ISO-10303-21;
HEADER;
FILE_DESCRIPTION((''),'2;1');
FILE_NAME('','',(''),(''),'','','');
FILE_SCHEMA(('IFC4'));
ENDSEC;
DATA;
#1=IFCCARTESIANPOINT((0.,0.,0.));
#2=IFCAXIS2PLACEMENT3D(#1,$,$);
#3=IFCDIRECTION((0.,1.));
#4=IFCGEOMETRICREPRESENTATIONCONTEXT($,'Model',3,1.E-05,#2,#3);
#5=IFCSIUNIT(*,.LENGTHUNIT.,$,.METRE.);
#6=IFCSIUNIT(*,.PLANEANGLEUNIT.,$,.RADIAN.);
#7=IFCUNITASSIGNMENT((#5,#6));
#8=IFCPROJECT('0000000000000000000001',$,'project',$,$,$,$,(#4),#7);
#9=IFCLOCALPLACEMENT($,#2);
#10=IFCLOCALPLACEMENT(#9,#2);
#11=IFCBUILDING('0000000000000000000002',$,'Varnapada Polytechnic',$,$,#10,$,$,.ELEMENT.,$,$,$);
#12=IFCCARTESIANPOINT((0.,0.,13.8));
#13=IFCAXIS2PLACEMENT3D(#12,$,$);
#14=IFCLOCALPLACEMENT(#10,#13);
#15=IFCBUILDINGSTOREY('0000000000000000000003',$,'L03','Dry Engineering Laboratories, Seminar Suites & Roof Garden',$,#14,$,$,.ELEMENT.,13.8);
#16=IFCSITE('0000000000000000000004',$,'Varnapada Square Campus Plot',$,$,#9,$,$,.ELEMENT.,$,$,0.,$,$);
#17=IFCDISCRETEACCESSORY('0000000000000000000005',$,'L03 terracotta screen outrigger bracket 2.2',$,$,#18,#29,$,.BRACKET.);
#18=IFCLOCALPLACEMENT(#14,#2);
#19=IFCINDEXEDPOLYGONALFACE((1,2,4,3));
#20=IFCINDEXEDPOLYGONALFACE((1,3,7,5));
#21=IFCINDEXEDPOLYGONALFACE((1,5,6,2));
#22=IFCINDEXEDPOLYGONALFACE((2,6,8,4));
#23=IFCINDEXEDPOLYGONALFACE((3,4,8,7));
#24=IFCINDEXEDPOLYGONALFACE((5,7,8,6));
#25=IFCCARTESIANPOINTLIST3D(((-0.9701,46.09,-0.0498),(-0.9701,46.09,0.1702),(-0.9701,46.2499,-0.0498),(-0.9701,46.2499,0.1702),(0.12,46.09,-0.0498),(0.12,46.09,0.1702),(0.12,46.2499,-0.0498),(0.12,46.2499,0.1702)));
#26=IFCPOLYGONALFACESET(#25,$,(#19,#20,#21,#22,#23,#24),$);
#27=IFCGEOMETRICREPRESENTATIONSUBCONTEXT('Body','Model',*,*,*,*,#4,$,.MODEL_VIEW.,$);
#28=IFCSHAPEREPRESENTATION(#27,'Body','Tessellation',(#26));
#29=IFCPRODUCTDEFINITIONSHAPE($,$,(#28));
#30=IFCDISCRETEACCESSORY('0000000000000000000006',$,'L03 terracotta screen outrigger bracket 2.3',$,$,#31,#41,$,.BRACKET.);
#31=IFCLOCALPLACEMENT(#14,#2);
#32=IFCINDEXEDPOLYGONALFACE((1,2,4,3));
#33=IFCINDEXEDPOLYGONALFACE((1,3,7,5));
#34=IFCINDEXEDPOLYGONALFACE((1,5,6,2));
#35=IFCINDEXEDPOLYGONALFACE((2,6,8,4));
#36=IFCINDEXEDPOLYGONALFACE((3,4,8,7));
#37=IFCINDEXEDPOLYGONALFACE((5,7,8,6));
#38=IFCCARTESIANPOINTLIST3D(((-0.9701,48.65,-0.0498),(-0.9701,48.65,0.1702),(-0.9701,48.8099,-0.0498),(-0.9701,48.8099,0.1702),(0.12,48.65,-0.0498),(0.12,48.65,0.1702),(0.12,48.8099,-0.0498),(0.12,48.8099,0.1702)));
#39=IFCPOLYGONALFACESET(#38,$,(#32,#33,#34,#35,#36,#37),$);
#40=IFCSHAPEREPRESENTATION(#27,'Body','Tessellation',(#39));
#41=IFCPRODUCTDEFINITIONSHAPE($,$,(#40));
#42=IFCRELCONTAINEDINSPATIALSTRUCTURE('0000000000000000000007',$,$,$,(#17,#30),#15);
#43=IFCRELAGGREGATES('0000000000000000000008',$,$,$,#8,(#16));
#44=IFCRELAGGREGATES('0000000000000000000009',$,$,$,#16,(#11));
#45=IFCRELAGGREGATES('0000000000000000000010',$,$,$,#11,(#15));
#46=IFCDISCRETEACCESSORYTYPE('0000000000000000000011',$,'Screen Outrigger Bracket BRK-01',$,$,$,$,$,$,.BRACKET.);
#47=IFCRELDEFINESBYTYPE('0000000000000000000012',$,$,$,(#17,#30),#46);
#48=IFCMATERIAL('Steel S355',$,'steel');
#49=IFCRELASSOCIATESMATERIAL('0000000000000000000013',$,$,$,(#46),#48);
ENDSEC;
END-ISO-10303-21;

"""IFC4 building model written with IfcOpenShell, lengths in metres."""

from ifc_helpers import new_model, si_unit, direction, frame, origin, origin_2d, place, context, subcontext, project, spatial, rectangle, extrude, material, type_object, element, save


model = new_model("IFC4")

# Units and contexts
model_context = context("Model", 3, precision=1e-05, world=origin(), true_north=direction((0.0, 1.0)))
body_context = subcontext(model_context, "Body", "Model", "MODEL_VIEW")
ifc_project = project(units=[si_unit("LENGTHUNIT", "METRE"), si_unit("PLANEANGLEUNIT", "RADIAN")], contexts=[model_context])

# Site, building, storey
site_placement = place(None, origin())
site = spatial("IfcSite", under=ifc_project, at=site_placement, Name="Varnapada Square Campus Plot", CompositionType="ELEMENT", RefElevation=0.0)
building_placement = place(site_placement, origin())
building = spatial("IfcBuilding", under=site, at=building_placement, Name="Varnapada Polytechnic", CompositionType="ELEMENT")
storey_placement = place(building_placement, frame((0.0, 0.0, 13.8)))
storey = spatial("IfcBuildingStorey", under=building, at=storey_placement, Name="L03", Description="Dry Engineering Laboratories, Seminar Suites & Roof Garden", CompositionType="ELEMENT", Elevation=13.8)

# Discrete accessories
ifc_material_1 = material(Name="Steel S355", Category="steel")
discrete_accessory_type = type_object("IfcDiscreteAccessoryType", Name="Screen Outrigger Bracket BRK-01", PredefinedType="BRACKET", material=ifc_material_1)
for number, where, z_axis, x_axis, name in (
    (1, (-0.425, 46.1699, -0.0498), (0.0, 0.0, 1.0), (0.0, 1.0, 0.0), "L03 terracotta screen outrigger bracket 2.2"),
    (2, (-0.425, 48.73, -0.0498), (0.0, 0.0, 1.0), (0.0, 1.0, 0.0), "L03 terracotta screen outrigger bracket 2.3"),
):
    element("IfcDiscreteAccessory", number, at=place(storey_placement, frame(where, z_axis=z_axis, x_axis=x_axis)), inside=storey, type_object=discrete_accessory_type, Name=name, PredefinedType="BRACKET", context=body_context, shape_type="SweptSolid", body=[
        extrude(rectangle(XDim=0.1599, YDim=1.0901, at=origin_2d()), origin(), (0.0, 0.0, 1.0), 0.22),
    ])

save(model, "model.ifc")
